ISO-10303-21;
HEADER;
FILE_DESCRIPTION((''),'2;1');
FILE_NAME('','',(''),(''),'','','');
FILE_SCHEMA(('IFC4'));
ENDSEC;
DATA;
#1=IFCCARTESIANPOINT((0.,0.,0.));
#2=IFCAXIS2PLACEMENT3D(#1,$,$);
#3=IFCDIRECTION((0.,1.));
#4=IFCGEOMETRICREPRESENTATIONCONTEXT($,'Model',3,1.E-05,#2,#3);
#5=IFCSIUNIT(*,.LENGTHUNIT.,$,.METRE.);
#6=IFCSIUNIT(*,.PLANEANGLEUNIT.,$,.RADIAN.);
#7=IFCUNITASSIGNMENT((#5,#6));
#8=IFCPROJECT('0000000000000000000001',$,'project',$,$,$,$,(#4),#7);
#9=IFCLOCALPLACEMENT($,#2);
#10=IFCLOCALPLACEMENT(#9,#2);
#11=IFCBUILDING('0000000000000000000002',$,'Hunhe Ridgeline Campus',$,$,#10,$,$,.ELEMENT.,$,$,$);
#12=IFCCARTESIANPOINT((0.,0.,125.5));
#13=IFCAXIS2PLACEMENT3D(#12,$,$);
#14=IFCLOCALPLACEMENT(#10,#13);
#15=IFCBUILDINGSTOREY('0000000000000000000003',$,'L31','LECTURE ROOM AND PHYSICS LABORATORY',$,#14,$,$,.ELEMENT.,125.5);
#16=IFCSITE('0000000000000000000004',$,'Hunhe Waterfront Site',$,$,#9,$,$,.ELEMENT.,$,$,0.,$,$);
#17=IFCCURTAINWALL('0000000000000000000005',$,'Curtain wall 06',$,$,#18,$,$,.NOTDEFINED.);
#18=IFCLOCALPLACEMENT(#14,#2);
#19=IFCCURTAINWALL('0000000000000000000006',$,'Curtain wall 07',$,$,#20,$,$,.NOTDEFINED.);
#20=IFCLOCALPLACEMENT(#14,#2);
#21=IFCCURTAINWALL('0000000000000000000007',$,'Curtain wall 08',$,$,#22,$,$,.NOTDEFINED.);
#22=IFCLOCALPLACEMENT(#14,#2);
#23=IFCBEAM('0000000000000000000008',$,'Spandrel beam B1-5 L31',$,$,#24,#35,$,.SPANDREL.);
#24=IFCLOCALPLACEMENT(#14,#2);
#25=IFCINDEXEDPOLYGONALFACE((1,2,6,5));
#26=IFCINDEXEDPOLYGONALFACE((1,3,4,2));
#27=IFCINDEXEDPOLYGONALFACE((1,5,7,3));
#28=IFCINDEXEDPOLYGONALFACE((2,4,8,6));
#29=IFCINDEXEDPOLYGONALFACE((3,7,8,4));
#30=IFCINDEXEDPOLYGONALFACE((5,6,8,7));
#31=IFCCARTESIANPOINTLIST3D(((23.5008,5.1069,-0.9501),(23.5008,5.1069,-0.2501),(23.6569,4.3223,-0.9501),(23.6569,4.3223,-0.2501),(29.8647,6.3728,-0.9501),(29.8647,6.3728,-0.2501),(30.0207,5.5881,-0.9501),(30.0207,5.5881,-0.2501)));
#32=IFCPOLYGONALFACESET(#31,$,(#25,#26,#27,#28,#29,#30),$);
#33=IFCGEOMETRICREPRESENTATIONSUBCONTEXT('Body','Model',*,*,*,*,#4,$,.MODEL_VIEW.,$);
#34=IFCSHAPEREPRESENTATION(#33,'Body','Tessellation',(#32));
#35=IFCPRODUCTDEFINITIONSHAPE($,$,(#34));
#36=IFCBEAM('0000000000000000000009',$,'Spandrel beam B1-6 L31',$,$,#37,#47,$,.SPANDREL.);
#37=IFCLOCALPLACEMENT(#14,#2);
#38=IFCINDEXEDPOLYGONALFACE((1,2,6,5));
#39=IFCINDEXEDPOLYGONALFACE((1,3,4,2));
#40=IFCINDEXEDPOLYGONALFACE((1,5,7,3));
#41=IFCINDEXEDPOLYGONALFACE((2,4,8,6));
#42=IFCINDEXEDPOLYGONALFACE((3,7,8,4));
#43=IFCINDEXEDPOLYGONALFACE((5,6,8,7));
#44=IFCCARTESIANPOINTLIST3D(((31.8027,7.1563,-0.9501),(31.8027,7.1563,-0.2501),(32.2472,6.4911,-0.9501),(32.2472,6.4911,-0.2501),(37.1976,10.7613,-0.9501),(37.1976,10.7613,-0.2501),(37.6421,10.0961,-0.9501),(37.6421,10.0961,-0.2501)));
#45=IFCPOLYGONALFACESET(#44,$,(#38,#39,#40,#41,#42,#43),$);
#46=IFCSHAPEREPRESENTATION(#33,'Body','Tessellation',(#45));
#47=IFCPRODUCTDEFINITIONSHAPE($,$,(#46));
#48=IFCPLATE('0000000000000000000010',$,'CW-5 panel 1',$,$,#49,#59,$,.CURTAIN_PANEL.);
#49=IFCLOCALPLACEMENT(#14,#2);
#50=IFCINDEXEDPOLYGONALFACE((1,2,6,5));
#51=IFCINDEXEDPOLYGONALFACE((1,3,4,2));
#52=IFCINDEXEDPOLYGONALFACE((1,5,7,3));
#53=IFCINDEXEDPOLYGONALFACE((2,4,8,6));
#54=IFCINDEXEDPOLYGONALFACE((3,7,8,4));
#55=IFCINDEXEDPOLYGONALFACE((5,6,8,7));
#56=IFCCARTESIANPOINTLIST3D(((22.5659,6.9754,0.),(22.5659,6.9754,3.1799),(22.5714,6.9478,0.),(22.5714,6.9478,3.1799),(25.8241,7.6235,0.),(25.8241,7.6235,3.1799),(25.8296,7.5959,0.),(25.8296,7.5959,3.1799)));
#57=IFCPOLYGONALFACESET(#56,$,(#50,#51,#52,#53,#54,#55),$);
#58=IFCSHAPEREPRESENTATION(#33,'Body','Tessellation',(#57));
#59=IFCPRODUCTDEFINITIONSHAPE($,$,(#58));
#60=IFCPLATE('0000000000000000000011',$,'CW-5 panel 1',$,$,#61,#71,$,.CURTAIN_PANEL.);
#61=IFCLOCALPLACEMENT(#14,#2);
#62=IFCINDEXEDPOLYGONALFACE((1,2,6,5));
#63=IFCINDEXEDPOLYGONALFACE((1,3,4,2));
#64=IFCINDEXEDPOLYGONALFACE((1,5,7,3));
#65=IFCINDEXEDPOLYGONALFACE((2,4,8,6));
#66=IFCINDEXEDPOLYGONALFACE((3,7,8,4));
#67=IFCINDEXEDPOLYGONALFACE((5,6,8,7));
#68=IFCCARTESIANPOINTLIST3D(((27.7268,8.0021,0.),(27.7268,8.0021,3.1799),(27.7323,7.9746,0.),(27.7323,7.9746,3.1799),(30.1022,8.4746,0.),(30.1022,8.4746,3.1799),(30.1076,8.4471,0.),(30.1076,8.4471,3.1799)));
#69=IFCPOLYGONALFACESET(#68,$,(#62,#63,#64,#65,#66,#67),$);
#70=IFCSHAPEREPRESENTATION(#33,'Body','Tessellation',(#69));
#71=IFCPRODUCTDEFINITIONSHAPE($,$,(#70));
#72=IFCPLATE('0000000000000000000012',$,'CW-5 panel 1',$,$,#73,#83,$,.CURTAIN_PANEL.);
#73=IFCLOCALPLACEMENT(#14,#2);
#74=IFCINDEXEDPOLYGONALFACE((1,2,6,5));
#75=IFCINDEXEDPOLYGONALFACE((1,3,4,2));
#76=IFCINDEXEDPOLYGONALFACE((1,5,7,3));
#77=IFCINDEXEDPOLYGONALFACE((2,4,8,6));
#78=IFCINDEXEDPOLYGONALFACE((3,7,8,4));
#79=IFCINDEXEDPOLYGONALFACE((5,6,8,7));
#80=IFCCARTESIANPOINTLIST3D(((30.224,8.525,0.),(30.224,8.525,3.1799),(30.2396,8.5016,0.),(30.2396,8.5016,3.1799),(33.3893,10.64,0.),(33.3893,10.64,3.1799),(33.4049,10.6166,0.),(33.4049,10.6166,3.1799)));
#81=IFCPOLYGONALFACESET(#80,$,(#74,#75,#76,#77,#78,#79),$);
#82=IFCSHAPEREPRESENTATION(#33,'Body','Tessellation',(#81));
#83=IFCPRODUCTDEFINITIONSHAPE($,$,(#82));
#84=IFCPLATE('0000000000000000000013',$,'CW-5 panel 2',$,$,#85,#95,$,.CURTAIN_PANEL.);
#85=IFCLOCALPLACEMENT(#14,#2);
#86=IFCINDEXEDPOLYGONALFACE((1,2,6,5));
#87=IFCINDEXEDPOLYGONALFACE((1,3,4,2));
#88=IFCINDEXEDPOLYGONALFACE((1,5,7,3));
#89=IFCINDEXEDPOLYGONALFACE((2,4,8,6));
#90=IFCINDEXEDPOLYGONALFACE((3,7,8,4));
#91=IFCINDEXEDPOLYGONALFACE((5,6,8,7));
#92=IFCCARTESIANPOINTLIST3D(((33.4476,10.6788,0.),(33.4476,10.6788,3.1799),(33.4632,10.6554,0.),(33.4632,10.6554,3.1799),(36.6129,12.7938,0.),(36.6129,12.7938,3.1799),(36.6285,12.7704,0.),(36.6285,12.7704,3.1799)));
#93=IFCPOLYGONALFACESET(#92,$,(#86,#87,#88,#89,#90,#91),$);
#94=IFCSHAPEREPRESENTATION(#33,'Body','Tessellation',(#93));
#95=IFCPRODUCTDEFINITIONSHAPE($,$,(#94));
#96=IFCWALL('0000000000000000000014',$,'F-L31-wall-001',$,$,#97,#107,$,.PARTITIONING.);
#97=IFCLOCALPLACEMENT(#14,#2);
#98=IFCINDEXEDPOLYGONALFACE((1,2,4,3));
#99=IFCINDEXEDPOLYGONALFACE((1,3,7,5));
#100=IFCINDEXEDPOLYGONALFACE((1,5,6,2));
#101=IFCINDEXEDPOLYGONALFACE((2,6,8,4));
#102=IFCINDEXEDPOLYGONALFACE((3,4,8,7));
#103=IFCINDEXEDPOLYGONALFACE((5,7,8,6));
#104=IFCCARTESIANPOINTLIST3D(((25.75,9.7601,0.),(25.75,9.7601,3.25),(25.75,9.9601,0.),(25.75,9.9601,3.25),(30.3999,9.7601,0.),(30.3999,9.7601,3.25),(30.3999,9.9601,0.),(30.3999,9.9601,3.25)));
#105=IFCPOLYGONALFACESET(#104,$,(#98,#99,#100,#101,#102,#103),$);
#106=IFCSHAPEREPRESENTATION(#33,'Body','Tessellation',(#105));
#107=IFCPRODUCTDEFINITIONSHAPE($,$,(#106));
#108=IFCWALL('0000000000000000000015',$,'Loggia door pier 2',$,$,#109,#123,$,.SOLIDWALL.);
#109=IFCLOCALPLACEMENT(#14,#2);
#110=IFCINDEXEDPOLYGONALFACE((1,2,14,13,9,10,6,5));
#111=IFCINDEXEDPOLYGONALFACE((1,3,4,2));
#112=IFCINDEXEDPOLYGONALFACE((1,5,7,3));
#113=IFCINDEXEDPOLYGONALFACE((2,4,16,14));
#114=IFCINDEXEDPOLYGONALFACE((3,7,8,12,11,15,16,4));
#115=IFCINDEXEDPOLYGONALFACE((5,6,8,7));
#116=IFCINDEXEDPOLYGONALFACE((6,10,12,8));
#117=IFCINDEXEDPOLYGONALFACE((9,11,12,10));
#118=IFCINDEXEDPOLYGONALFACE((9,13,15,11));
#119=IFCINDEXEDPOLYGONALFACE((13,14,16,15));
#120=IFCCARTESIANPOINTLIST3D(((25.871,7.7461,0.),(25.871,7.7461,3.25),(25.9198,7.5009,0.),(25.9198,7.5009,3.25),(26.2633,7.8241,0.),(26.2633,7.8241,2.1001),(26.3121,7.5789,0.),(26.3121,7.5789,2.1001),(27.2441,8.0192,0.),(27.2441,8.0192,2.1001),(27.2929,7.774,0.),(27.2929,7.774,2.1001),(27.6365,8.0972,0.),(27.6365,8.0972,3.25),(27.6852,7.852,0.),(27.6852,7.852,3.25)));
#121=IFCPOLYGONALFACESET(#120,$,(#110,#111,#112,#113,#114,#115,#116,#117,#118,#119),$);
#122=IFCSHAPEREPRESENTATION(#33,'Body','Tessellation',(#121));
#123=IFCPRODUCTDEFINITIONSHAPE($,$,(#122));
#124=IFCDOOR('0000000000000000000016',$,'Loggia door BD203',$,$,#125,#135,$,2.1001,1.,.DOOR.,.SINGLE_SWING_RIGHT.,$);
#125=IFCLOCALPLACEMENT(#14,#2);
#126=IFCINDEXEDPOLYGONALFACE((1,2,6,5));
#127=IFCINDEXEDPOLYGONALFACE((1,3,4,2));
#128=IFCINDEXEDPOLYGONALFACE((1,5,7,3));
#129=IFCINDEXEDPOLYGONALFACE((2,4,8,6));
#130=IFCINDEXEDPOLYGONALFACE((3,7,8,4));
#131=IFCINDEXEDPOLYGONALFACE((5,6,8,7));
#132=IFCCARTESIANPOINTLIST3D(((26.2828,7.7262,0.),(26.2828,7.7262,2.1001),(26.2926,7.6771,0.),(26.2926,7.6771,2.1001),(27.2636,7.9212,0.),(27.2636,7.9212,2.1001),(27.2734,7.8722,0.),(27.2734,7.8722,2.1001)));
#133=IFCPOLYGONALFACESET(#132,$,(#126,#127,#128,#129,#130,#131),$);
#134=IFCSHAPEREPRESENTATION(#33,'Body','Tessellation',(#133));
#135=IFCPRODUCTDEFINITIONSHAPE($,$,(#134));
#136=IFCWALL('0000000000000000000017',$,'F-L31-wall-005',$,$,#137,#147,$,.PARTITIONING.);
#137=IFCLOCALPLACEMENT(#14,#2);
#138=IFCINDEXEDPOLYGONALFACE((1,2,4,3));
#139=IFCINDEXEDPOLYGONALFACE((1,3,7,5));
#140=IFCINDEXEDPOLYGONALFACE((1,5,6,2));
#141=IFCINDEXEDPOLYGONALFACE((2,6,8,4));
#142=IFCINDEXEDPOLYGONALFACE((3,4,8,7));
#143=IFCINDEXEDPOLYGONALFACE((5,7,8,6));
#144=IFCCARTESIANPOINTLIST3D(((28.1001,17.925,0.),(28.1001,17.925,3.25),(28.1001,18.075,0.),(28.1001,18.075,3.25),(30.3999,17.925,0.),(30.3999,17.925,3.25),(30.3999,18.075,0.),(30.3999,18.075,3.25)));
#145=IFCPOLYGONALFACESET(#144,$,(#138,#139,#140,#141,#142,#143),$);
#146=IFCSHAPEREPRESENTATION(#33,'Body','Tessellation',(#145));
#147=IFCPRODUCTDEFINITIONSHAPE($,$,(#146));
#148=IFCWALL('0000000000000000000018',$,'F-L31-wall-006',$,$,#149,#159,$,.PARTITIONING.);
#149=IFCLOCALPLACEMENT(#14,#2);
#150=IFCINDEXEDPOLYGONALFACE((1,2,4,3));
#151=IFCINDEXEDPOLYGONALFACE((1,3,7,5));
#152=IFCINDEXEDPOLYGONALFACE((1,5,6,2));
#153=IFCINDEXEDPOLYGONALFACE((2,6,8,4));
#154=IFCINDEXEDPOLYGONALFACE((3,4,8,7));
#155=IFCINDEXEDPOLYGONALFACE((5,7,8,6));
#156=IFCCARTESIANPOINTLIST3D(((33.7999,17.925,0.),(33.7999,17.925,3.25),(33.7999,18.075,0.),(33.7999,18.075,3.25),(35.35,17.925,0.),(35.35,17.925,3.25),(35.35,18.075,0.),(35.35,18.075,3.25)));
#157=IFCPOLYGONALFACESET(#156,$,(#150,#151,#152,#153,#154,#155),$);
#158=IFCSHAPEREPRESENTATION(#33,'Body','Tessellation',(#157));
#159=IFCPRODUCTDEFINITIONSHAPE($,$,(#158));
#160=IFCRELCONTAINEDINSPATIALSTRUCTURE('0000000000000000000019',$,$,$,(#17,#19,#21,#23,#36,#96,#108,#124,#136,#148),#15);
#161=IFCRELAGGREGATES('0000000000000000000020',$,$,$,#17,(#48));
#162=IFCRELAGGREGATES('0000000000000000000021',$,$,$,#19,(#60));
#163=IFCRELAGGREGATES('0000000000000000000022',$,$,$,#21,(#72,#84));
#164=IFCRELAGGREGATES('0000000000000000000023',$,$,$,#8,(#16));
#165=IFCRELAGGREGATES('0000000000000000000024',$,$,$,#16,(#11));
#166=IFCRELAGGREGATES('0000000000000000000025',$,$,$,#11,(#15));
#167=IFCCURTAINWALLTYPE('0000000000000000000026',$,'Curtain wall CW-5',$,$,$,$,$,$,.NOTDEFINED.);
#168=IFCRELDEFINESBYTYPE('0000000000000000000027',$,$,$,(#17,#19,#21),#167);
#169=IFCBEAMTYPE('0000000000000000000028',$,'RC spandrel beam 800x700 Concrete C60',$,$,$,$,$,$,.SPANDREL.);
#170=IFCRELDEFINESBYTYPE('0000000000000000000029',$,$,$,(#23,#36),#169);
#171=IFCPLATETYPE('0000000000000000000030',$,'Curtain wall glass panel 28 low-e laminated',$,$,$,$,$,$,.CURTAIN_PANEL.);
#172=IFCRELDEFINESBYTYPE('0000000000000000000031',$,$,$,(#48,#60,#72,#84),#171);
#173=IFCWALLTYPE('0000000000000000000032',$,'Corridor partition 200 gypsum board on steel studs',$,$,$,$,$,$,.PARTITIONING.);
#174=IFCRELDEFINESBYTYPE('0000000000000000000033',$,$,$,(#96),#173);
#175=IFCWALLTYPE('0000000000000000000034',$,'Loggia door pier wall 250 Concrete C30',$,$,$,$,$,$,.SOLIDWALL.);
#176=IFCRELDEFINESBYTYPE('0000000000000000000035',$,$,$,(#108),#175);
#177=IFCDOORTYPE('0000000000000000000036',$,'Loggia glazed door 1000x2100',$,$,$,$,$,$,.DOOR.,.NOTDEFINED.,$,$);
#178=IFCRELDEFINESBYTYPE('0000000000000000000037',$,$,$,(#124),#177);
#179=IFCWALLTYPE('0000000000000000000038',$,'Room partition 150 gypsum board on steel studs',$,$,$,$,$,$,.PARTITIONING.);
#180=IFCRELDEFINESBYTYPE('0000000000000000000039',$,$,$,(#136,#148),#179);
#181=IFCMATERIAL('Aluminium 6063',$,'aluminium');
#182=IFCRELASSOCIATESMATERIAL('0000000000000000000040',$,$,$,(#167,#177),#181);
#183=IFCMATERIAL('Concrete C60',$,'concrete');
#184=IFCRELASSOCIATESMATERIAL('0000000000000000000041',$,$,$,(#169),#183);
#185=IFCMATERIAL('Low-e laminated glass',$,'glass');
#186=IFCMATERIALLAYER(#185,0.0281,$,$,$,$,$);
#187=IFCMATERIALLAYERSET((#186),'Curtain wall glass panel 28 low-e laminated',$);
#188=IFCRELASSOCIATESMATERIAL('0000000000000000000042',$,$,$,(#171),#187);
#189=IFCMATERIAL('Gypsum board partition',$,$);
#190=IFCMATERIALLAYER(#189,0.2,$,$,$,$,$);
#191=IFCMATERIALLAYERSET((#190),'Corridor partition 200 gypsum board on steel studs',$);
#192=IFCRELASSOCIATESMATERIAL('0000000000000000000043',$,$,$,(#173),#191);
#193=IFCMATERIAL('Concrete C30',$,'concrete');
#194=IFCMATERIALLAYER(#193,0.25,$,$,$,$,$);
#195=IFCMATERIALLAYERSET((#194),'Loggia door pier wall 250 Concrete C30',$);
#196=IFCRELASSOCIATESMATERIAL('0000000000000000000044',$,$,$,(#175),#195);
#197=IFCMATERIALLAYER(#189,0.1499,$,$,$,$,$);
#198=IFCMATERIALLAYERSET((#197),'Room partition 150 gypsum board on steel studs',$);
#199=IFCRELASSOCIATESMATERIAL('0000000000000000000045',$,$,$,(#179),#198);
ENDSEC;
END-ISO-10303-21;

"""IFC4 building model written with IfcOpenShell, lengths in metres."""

from ifc_helpers import new_model, si_unit, direction, frame, frame_2d, origin, origin_2d, place, context, subcontext, project, spatial, rectangle, extrude, material, layer, layer_set, material_profile, profile_set, type_object, element, fill, aggregate, save


model = new_model("IFC4")

# Units and contexts
model_context = context("Model", 3, precision=1e-05, world=origin(), true_north=direction((0.0, 1.0)))
body_context = subcontext(model_context, "Body", "Model", "MODEL_VIEW")
ifc_project = project(units=[si_unit("LENGTHUNIT", "METRE"), si_unit("PLANEANGLEUNIT", "RADIAN")], contexts=[model_context])

# Site, building, storey
site_placement = place(None, origin())
site = spatial("IfcSite", under=ifc_project, at=site_placement, Name="Hunhe Waterfront Site", CompositionType="ELEMENT", RefElevation=0.0)
building_placement = place(site_placement, origin())
building = spatial("IfcBuilding", under=site, at=building_placement, Name="Hunhe Ridgeline Campus", CompositionType="ELEMENT")
storey_placement = place(building_placement, frame((0.0, 0.0, 125.5)))
storey = spatial("IfcBuildingStorey", under=building, at=storey_placement, Name="L31", Description="LECTURE ROOM AND PHYSICS LABORATORY", CompositionType="ELEMENT", Elevation=125.5)

# Shared definitions
ifc_material_1 = material(Name="Aluminium 6063", Category="aluminium")
curtain_wall_type = type_object("IfcCurtainWallType", Name="Curtain wall CW-5", PredefinedType="NOTDEFINED", material=ifc_material_1)

# Curtain walls
curtain_wall_1_placement = place(storey_placement, origin())
curtain_wall_1 = element("IfcCurtainWall", 1, at=curtain_wall_1_placement, inside=storey, type_object=curtain_wall_type, Name="Curtain wall 06", PredefinedType="NOTDEFINED")
curtain_wall_2_placement = place(storey_placement, origin())
curtain_wall_2 = element("IfcCurtainWall", 2, at=curtain_wall_2_placement, inside=storey, type_object=curtain_wall_type, Name="Curtain wall 07", PredefinedType="NOTDEFINED")
curtain_wall_3_placement = place(storey_placement, origin())
curtain_wall_3 = element("IfcCurtainWall", 3, at=curtain_wall_3_placement, inside=storey, type_object=curtain_wall_type, Name="Curtain wall 08", PredefinedType="NOTDEFINED")

# Beams
ifc_material_2 = material(Name="Concrete C60", Category="concrete")
ifc_material_profile_1 = material_profile(ifc_material_2, rectangle(XDim=0.8, YDim=0.7, at=origin_2d()))
ifc_profile_set_1 = profile_set([ifc_material_profile_1], Name="Concrete C60")
beam_type = type_object("IfcBeamType", Name="RC spandrel beam 800x700 Concrete C60", PredefinedType="SPANDREL", material=ifc_profile_set_1)
for number, where, z_axis, x_axis, name in (
    (4, (23.5789, 4.7146, -0.6001), (0.980784, 0.195096, 0.0), (-0.195096, 0.980784, 0.0), "Spandrel beam B1-5 L31"),
    (5, (32.0249, 6.8237, -0.6001), (0.831459, 0.555586, 0.0), (-0.555586, 0.831459, 0.0), "Spandrel beam B1-6 L31"),
):
    element("IfcBeam", number, at=place(storey_placement, frame(where, z_axis=z_axis, x_axis=x_axis)), inside=storey, type_object=beam_type, Name=name, PredefinedType="SPANDREL", context=body_context, shape_type="SweptSolid", body=[
        extrude(rectangle(XDim=0.8, YDim=0.7, at=origin_2d()), origin(), (0.0, 0.0, 1.0), 6.4885),
    ])

# Plates
ifc_material_3 = material(Name="Low-e laminated glass", Category="glass")
ifc_layer_1 = layer(ifc_material_3, 0.0281)
ifc_layer_set_1 = layer_set([ifc_layer_1], Name="Curtain wall glass panel 28 low-e laminated")
plate_type = type_object("IfcPlateType", Name="Curtain wall glass panel 28 low-e laminated", PredefinedType="CURTAIN_PANEL", material=ifc_layer_set_1)
plate_1_placement = place(storey_placement, frame((24.1978, 7.2856, 0.0), z_axis=(0.0, 0.0, 1.0), x_axis=(0.980785, 0.19509, 0.0)))
plate_1 = element("IfcPlate", 6, at=plate_1_placement, type_object=plate_type, Name="CW-5 panel 1", PredefinedType="CURTAIN_PANEL", context=body_context, shape_type="SweptSolid", body=[
    extrude(rectangle(XDim=3.322, YDim=0.0281, at=origin_2d()), origin(), (0.0, 0.0, 1.0), 3.1799),
])
aggregate(curtain_wall_1, [plate_1])
plate_2_placement = place(storey_placement, frame((28.9172, 8.2246, 0.0), z_axis=(0.0, 0.0, 1.0), x_axis=(0.980785, 0.195091, 0.0)))
plate_2 = element("IfcPlate", 7, at=plate_2_placement, type_object=plate_type, Name="CW-5 panel 1", PredefinedType="CURTAIN_PANEL", context=body_context, shape_type="SweptSolid", body=[
    extrude(rectangle(XDim=2.4219, YDim=0.0281, at=origin_2d()), origin(), (0.0, 0.0, 1.0), 3.1799),
])
aggregate(curtain_wall_2, [plate_2])
plate_3_placement = place(storey_placement, frame((31.8145, 9.5708, 0.0), z_axis=(0.0, 0.0, 1.0), x_axis=(0.83147, 0.55557, 0.0)))
plate_3 = element("IfcPlate", 8, at=plate_3_placement, type_object=plate_type, Name="CW-5 panel 1", PredefinedType="CURTAIN_PANEL", context=body_context, shape_type="SweptSolid", body=[
    extrude(rectangle(XDim=3.8069, YDim=0.0281, at=origin_2d()), origin(), (0.0, 0.0, 1.0), 3.1799),
])
plate_4_placement = place(storey_placement, frame((35.0381, 11.7246, 0.0), z_axis=(0.0, 0.0, 1.0), x_axis=(0.83147, 0.55557, 0.0)))
plate_4 = element("IfcPlate", 9, at=plate_4_placement, type_object=plate_type, Name="CW-5 panel 2", PredefinedType="CURTAIN_PANEL", context=body_context, shape_type="SweptSolid", body=[
    extrude(rectangle(XDim=3.8069, YDim=0.0281, at=origin_2d()), origin(), (0.0, 0.0, 1.0), 3.1799),
])
aggregate(curtain_wall_3, [plate_3, plate_4])

# Wall
ifc_material_4 = material(Name="Gypsum board partition")
ifc_layer_2 = layer(ifc_material_4, 0.2)
ifc_layer_set_2 = layer_set([ifc_layer_2], Name="Corridor partition 200 gypsum board on steel studs")
wall_type_1 = type_object("IfcWallType", Name="Corridor partition 200 gypsum board on steel studs", PredefinedType="PARTITIONING", material=ifc_layer_set_2)
wall_1_placement = place(storey_placement, frame((25.75, 9.8601, 0.0), z_axis=(0.0, 0.0, 1.0), x_axis=(1.0, 0.0, 0.0)))
element("IfcWall", 10, at=wall_1_placement, inside=storey, type_object=wall_type_1, Name="F-L31-wall-001", PredefinedType="PARTITIONING", context=body_context, shape_type="SweptSolid", body=[
    extrude(rectangle(XDim=4.6499, YDim=0.2, at=frame_2d((2.325, 0.0))), origin(), (0.0, 0.0, 1.0), 3.25),
])

# Wall, opening, door
ifc_material_5 = material(Name="Concrete C30", Category="concrete")
ifc_layer_3 = layer(ifc_material_5, 0.25)
ifc_layer_set_3 = layer_set([ifc_layer_3], Name="Loggia door pier wall 250 Concrete C30")
wall_type_2 = type_object("IfcWallType", Name="Loggia door pier wall 250 Concrete C30", PredefinedType="SOLIDWALL", material=ifc_layer_set_3)
wall_2_placement = place(storey_placement, frame((25.8955, 7.6235, 0.0), z_axis=(0.0, 0.0, 1.0), x_axis=(0.980794, 0.195047, 0.0)))
wall_2 = element("IfcWall", 11, at=wall_2_placement, inside=storey, type_object=wall_type_2, Name="Loggia door pier 2", PredefinedType="SOLIDWALL", context=body_context, shape_type="SweptSolid", body=[
    extrude(rectangle(XDim=1.8, YDim=0.25, at=frame_2d((0.8999, 0.0))), origin(), (0.0, 0.0, 1.0), 3.25),
])
opening_1_placement = place(wall_2_placement, frame((0.3999, 0.0, 0.0)))
opening_1 = element("IfcOpeningElement", 12, at=opening_1_placement, cuts=wall_2, PredefinedType="OPENING", context=body_context, shape_type="SweptSolid", body=[
    extrude(rectangle(XDim=1.0, YDim=2.1001, at=frame_2d((0.5, 1.05))), frame((0.0, 0.125, 0.0), z_axis=(0.0, -1.0, 0.0), x_axis=(1.0, 0.0, 0.0)), (0.0, 0.0, 1.0), 0.25),
])
door_type_1 = type_object("IfcDoorType", Name="Loggia glazed door 1000x2100", OperationType="NOTDEFINED", PredefinedType="DOOR", material=ifc_material_1)
door_1_placement = place(opening_1_placement, frame((1.0, 0.0, 0.0), z_axis=(0.0, 0.0, 1.0), x_axis=(-1.0, 0.0, 0.0)))
door_1 = element("IfcDoor", 13, at=door_1_placement, inside=storey, type_object=door_type_1, Name="Loggia door BD203", OperationType="SINGLE_SWING_RIGHT", OverallHeight=2.1001, OverallWidth=1.0, PredefinedType="DOOR", context=body_context, shape_type="SweptSolid", body=[
    extrude(rectangle(XDim=1.0, YDim=2.1001, at=frame_2d((0.5, 1.05))), frame((0.0, 0.0249, 0.0), z_axis=(0.0, -1.0, 0.0), x_axis=(1.0, 0.0, 0.0)), (0.0, 0.0, 1.0), 0.05),
])
fill(opening_1, door_1)

# Walls
ifc_layer_4 = layer(ifc_material_4, 0.1499)
ifc_layer_set_4 = layer_set([ifc_layer_4], Name="Room partition 150 gypsum board on steel studs")
wall_type_3 = type_object("IfcWallType", Name="Room partition 150 gypsum board on steel studs", PredefinedType="PARTITIONING", material=ifc_layer_set_4)
wall_3_placement = place(storey_placement, frame((28.1001, 18.0, 0.0), z_axis=(0.0, 0.0, 1.0), x_axis=(1.0, 0.0, 0.0)))
element("IfcWall", 14, at=wall_3_placement, inside=storey, type_object=wall_type_3, Name="F-L31-wall-005", PredefinedType="PARTITIONING", context=body_context, shape_type="SweptSolid", body=[
    extrude(rectangle(XDim=2.2998, YDim=0.1499, at=frame_2d((1.1499, 0.0))), origin(), (0.0, 0.0, 1.0), 3.25),
])
wall_4_placement = place(storey_placement, frame((33.8, 18.0, 0.0), z_axis=(0.0, 0.0, 1.0), x_axis=(1.0, 0.0, 0.0)))
element("IfcWall", 15, at=wall_4_placement, inside=storey, type_object=wall_type_3, Name="F-L31-wall-006", PredefinedType="PARTITIONING", context=body_context, shape_type="SweptSolid", body=[
    extrude(rectangle(XDim=1.55, YDim=0.1499, at=frame_2d((0.7749, 0.0))), origin(), (0.0, 0.0, 1.0), 3.25),
])

save(model, "model.ifc")
